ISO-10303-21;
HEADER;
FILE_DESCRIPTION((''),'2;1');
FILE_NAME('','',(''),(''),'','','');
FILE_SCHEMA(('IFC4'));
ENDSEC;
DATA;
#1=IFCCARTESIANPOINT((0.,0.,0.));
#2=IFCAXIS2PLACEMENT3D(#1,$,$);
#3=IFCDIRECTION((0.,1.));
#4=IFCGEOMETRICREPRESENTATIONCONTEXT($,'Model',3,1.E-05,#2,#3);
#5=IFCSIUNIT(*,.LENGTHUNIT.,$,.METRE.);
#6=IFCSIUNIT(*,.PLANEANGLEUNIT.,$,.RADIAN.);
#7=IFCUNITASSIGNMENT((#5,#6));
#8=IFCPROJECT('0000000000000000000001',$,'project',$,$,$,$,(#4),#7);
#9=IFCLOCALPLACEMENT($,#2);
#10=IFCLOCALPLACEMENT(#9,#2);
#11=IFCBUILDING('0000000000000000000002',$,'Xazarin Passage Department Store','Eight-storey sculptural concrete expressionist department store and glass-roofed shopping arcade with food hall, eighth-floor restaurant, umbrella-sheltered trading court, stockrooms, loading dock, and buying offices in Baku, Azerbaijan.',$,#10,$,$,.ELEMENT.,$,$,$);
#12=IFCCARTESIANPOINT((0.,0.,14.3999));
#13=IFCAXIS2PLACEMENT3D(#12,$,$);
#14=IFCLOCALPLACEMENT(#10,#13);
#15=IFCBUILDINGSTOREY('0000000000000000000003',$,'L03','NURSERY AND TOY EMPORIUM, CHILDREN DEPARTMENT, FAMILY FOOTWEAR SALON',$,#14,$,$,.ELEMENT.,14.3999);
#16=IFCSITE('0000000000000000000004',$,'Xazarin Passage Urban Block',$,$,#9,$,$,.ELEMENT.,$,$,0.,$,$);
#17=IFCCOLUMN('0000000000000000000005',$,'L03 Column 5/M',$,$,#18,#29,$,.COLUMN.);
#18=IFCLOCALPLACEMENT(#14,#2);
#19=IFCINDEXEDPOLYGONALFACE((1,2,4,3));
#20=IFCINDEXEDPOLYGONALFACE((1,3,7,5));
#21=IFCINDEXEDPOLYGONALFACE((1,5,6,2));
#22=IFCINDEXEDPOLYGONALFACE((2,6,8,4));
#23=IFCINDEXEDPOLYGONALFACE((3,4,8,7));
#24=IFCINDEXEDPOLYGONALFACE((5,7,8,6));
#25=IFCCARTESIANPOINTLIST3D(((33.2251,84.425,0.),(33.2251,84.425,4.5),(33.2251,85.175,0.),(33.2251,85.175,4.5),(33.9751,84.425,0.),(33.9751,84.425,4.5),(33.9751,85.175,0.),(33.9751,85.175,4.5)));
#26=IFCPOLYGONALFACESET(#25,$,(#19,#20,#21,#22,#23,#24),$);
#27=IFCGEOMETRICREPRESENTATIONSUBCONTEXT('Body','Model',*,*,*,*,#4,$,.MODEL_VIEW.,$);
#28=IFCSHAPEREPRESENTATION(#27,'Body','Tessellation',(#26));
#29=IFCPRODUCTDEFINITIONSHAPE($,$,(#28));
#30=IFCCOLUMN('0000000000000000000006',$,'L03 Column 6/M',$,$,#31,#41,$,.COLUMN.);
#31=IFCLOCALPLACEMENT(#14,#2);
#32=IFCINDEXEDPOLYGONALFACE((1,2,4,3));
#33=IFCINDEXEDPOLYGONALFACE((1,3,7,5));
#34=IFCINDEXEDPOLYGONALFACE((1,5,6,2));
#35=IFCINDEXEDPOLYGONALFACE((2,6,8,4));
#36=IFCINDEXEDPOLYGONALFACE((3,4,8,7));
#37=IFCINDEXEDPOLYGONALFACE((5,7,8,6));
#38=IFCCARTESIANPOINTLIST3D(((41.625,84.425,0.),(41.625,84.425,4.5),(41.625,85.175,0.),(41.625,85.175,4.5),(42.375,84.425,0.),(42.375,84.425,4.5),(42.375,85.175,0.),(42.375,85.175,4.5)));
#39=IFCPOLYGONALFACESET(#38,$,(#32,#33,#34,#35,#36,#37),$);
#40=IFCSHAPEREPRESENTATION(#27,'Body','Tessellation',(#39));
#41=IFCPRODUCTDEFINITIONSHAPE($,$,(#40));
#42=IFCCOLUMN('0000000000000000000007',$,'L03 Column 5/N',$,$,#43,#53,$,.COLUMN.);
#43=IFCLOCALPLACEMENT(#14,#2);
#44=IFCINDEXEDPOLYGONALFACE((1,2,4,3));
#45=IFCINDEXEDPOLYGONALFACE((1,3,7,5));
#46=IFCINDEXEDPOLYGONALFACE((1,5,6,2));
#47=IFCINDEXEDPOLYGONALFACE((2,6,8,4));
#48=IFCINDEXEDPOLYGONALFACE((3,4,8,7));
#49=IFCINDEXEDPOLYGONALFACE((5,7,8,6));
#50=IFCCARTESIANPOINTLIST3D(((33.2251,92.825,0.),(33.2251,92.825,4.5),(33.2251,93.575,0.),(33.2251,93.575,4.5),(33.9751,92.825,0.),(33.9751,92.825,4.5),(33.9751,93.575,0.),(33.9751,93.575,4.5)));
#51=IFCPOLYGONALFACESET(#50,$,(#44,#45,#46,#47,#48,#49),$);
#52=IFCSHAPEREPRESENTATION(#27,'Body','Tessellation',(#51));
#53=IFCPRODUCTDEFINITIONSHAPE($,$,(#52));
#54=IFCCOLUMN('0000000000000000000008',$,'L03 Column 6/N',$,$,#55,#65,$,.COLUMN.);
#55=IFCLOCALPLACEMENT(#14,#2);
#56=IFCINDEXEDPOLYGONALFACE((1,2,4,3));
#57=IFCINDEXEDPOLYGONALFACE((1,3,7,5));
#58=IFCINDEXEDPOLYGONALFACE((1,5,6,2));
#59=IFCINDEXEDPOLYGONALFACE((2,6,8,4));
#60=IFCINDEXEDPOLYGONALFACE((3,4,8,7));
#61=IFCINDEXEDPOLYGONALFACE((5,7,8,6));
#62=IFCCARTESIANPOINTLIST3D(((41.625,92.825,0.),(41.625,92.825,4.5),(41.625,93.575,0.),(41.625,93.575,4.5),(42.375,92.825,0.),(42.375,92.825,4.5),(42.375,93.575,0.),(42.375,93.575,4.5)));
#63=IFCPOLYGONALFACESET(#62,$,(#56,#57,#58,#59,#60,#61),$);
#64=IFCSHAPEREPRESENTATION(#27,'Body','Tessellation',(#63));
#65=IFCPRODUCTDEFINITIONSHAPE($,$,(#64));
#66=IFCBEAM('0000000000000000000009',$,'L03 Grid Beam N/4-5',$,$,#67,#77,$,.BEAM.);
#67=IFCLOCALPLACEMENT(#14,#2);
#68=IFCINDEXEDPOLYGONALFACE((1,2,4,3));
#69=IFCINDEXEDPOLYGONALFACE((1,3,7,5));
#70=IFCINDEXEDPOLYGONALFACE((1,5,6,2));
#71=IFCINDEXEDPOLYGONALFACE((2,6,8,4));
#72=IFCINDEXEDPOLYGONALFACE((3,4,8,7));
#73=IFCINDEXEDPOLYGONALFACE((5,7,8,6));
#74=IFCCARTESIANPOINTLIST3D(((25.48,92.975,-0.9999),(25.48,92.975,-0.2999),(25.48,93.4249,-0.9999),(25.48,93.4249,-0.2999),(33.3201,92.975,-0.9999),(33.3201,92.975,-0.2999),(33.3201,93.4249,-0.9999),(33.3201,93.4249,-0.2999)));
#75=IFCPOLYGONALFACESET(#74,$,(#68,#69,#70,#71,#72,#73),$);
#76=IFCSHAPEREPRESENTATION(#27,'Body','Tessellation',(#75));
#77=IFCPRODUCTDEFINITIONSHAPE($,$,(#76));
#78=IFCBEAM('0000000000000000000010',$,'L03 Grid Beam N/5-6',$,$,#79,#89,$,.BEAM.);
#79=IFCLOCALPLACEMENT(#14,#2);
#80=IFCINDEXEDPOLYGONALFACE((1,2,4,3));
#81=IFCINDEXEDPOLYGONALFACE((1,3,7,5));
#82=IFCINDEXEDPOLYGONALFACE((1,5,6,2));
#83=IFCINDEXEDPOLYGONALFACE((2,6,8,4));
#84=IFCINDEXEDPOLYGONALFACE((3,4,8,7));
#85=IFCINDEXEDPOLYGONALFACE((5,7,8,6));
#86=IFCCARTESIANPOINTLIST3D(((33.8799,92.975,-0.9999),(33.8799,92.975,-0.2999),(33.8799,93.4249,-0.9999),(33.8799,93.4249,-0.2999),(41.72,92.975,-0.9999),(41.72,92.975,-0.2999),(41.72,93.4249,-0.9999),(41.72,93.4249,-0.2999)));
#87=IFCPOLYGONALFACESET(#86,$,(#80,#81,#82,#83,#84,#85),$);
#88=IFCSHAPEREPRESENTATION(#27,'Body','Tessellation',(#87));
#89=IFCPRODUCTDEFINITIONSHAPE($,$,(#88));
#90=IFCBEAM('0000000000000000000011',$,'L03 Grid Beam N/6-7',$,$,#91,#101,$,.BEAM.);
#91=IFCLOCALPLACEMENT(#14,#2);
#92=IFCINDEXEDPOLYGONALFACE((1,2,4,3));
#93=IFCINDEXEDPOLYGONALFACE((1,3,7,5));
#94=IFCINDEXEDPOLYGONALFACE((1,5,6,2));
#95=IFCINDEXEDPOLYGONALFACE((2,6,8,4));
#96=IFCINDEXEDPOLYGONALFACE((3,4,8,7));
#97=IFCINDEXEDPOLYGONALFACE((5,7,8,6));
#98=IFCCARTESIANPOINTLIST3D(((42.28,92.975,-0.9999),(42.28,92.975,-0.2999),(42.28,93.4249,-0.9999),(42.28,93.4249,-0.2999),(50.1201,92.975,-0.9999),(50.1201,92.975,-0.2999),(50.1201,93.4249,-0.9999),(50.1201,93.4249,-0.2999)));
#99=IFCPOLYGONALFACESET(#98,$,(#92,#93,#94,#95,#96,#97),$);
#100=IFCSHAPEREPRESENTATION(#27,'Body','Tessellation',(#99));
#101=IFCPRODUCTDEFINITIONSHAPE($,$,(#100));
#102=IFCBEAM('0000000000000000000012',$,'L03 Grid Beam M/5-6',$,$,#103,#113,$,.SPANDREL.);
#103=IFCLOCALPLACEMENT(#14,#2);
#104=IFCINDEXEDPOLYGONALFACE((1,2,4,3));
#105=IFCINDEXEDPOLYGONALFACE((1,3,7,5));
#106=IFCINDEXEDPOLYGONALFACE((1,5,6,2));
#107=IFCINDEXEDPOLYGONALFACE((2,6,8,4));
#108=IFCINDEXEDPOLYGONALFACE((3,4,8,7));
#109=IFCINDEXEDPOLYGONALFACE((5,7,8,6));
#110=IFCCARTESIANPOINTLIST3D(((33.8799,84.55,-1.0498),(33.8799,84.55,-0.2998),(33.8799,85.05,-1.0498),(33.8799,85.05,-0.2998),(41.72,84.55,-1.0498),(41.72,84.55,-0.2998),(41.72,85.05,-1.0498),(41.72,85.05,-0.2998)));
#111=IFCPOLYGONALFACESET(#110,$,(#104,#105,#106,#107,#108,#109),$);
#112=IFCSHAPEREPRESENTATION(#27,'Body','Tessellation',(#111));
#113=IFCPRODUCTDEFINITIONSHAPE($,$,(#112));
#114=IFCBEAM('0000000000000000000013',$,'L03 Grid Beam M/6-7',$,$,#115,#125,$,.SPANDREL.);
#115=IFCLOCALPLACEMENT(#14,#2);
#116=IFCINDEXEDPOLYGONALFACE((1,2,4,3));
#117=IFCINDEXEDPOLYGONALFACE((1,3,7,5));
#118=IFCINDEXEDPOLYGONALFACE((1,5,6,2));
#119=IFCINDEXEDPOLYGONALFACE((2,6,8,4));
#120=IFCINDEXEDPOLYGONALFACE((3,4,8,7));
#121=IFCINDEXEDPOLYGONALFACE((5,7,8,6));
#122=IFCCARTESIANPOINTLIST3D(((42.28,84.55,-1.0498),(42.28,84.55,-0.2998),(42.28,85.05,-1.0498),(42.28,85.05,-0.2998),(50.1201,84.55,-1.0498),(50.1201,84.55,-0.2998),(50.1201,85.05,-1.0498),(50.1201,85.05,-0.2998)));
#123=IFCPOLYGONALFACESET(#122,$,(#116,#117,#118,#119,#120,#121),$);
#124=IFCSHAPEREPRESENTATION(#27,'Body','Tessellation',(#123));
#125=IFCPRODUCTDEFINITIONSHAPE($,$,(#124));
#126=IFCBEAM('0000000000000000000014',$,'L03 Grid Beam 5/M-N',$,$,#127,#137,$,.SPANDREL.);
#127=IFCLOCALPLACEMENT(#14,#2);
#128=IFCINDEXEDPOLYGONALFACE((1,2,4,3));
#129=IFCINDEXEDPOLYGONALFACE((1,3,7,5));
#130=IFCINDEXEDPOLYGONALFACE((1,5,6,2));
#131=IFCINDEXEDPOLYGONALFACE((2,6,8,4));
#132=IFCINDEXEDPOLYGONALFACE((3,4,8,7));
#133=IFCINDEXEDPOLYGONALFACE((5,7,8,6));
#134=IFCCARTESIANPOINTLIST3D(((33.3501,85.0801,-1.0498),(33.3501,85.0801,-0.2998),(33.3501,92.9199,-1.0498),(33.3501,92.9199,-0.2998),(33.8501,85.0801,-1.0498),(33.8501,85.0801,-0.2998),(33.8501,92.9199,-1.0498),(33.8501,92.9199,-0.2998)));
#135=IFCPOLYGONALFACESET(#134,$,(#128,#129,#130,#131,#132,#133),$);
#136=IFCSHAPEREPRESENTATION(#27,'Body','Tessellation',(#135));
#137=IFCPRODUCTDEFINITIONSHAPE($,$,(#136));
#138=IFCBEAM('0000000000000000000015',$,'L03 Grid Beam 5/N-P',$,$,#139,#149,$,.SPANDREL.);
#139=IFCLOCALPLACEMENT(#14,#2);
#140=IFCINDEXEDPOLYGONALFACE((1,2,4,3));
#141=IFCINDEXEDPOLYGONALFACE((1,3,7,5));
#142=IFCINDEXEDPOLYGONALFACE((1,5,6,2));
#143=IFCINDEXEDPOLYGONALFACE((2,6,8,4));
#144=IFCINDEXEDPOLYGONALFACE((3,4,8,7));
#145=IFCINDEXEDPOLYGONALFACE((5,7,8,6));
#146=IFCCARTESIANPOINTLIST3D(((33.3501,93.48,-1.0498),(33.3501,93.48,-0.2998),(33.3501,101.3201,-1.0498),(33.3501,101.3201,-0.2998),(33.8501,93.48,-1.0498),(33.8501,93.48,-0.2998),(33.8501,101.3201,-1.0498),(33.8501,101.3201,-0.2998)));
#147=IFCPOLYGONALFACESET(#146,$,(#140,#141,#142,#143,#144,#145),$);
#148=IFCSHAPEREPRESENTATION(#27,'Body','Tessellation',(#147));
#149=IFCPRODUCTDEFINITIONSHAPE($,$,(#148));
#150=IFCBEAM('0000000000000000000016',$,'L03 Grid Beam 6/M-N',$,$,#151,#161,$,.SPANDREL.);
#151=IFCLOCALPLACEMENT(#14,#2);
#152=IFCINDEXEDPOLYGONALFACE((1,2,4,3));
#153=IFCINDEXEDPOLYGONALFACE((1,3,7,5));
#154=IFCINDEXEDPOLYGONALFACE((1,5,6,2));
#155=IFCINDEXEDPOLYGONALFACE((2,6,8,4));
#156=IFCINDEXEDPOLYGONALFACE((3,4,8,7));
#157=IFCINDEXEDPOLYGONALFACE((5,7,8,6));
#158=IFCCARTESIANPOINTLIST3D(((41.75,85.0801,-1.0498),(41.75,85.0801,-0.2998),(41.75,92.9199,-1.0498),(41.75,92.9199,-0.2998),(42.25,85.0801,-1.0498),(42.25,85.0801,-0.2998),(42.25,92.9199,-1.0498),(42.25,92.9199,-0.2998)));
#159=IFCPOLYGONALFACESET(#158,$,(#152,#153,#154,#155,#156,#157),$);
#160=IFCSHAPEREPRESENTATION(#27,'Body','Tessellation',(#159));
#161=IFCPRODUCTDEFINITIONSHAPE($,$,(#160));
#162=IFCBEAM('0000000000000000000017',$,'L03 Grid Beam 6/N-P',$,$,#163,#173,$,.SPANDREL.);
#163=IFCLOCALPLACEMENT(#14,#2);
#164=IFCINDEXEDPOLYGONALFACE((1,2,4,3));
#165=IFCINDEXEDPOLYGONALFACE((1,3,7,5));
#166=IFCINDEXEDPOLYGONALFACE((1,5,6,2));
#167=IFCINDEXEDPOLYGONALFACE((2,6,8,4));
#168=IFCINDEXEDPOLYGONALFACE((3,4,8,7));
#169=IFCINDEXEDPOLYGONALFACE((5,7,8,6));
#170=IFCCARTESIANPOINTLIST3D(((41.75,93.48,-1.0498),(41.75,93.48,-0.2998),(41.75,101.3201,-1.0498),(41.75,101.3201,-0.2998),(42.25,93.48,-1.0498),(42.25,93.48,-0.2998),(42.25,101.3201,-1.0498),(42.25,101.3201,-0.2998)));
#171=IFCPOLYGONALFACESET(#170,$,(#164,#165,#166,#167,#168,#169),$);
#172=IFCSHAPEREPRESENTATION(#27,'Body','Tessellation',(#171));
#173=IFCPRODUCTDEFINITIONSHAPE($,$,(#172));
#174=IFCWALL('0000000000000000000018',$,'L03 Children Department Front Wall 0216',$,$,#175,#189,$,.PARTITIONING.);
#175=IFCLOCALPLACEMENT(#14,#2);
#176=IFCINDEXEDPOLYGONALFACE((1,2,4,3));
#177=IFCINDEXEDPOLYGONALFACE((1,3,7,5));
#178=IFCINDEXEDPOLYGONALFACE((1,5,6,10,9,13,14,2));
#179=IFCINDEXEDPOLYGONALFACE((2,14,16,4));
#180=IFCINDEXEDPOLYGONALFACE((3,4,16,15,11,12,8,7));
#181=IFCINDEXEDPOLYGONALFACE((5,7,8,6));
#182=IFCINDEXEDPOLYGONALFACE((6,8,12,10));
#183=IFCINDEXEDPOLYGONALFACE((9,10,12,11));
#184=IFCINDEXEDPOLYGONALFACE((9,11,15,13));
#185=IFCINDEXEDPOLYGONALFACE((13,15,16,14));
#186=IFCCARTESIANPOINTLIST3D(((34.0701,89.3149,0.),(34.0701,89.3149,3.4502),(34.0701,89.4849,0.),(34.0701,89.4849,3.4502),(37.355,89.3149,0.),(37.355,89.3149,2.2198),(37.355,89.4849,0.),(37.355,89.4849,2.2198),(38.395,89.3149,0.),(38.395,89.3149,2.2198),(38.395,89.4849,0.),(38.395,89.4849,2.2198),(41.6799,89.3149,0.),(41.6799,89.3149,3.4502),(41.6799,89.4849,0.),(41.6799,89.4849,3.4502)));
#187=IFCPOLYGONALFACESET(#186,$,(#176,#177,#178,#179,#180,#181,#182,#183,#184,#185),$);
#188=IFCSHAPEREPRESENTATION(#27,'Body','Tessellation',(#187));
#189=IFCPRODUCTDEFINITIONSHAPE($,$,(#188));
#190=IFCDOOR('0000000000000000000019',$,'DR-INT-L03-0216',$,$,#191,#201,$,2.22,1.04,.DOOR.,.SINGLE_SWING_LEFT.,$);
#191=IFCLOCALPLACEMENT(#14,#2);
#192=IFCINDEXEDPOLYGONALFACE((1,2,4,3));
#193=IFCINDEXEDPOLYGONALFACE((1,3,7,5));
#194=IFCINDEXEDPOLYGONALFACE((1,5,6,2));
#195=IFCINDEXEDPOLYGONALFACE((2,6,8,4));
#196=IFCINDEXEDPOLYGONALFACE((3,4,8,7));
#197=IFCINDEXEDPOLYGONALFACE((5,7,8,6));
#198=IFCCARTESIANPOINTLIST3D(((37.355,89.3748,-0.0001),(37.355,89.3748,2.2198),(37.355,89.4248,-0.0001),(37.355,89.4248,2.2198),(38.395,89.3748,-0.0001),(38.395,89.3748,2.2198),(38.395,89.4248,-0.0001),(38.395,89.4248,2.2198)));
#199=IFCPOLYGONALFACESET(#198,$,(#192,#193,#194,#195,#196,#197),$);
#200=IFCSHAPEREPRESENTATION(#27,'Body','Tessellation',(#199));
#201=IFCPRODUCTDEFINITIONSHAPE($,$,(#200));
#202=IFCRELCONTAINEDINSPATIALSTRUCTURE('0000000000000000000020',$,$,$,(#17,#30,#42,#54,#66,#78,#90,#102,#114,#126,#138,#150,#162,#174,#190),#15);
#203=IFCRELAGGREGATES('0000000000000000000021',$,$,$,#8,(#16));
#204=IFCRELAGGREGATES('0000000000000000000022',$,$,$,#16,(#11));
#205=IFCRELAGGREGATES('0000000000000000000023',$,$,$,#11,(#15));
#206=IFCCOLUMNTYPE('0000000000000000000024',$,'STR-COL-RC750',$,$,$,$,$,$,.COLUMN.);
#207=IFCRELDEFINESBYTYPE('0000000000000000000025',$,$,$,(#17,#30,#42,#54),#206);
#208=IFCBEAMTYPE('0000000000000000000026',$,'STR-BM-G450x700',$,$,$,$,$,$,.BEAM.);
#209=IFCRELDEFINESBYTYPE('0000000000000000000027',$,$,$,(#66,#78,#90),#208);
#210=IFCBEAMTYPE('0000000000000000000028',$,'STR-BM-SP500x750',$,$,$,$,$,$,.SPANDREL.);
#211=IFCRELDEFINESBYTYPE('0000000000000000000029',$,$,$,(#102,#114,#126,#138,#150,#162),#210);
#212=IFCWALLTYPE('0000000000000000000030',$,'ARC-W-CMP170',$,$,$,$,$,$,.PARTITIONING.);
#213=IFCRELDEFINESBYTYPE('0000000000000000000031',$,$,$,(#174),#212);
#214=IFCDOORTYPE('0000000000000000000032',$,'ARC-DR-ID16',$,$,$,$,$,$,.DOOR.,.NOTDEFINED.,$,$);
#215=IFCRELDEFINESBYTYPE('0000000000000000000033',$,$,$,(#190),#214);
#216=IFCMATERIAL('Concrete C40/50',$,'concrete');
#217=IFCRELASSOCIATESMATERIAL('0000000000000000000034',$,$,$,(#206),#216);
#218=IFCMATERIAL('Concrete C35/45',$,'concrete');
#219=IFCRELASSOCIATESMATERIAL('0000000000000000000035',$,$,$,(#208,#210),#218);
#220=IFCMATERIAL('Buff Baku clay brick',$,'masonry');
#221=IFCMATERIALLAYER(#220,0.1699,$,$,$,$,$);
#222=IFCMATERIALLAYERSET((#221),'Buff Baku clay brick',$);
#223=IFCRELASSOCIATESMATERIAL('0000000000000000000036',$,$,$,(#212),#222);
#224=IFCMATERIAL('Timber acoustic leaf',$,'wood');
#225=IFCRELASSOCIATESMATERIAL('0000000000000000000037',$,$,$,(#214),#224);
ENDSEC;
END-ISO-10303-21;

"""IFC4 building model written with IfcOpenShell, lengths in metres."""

from ifc_helpers import new_model, si_unit, direction, frame, frame_2d, origin, origin_2d, place, context, subcontext, project, spatial, rectangle, extrude, material, layer, layer_set, material_profile, profile_set, type_object, element, fill, save


model = new_model("IFC4")

# Units and contexts
model_context = context("Model", 3, precision=1e-05, world=origin(), true_north=direction((0.0, 1.0)))
body_context = subcontext(model_context, "Body", "Model", "MODEL_VIEW")
ifc_project = project(units=[si_unit("LENGTHUNIT", "METRE"), si_unit("PLANEANGLEUNIT", "RADIAN")], contexts=[model_context])

# Site, building, storey
site_placement = place(None, origin())
site = spatial("IfcSite", under=ifc_project, at=site_placement, Name="Xazarin Passage Urban Block", CompositionType="ELEMENT", RefElevation=0.0)
building_placement = place(site_placement, origin())
building = spatial("IfcBuilding", under=site, at=building_placement, Name="Xazarin Passage Department Store", Description="Eight-storey sculptural concrete expressionist department store and glass-roofed shopping arcade with food hall, eighth-floor restaurant, umbrella-sheltered trading court, stockrooms, loading dock, and buying offices in Baku, Azerbaijan.", CompositionType="ELEMENT")
storey_placement = place(building_placement, frame((0.0, 0.0, 14.3999)))
storey = spatial("IfcBuildingStorey", under=building, at=storey_placement, Name="L03", Description="NURSERY AND TOY EMPORIUM, CHILDREN DEPARTMENT, FAMILY FOOTWEAR SALON", CompositionType="ELEMENT", Elevation=14.3999)

# Columns
ifc_material_1 = material(Name="Concrete C40/50", Category="concrete")
ifc_material_profile_1 = material_profile(ifc_material_1, rectangle(XDim=0.75, YDim=0.75, at=origin_2d()), Name="RC 750x750")
ifc_profile_set_1 = profile_set([ifc_material_profile_1], Name="Concrete C40/50")
column_type = type_object("IfcColumnType", Name="STR-COL-RC750", PredefinedType="COLUMN", material=ifc_profile_set_1)
for number, where, z_axis, x_axis, name in (
    (1, (33.6001, 84.8, 0.0), (0.0, 0.0, 1.0), (1.0, 0.0, 0.0), "L03 Column 5/M"),
    (2, (42.0, 84.8, 0.0), (0.0, 0.0, 1.0), (1.0, 0.0, 0.0), "L03 Column 6/M"),
    (3, (33.6001, 93.2, 0.0), (0.0, 0.0, 1.0), (1.0, 0.0, 0.0), "L03 Column 5/N"),
    (4, (42.0, 93.2, 0.0), (0.0, 0.0, 1.0), (1.0, 0.0, 0.0), "L03 Column 6/N"),
):
    element("IfcColumn", number, at=place(storey_placement, frame(where, z_axis=z_axis, x_axis=x_axis)), inside=storey, type_object=column_type, Name=name, PredefinedType="COLUMN", context=body_context, shape_type="SweptSolid", body=[
        extrude(rectangle(XDim=0.75, YDim=0.75, at=origin_2d()), origin(), (0.0, 0.0, 1.0), 4.5),
    ])

# Beams
ifc_material_2 = material(Name="Concrete C35/45", Category="concrete")
ifc_material_profile_2 = material_profile(ifc_material_2, rectangle(XDim=0.45, YDim=0.7, at=origin_2d()), Name="RC 450x700")
ifc_profile_set_2 = profile_set([ifc_material_profile_2], Name="Concrete C35/45")
beam_type_1 = type_object("IfcBeamType", Name="STR-BM-G450x700", PredefinedType="BEAM", material=ifc_profile_set_2)
for number, where, z_axis, x_axis, name in (
    (5, (25.48, 93.2, -0.6499), (1.0, 0.0, 0.0), (0.0, 1.0, 0.0), "L03 Grid Beam N/4-5"),
    (6, (33.8799, 93.2, -0.6499), (1.0, 0.0, 0.0), (0.0, 1.0, 0.0), "L03 Grid Beam N/5-6"),
    (7, (42.28, 93.2, -0.6499), (1.0, 0.0, 0.0), (0.0, 1.0, 0.0), "L03 Grid Beam N/6-7"),
):
    element("IfcBeam", number, at=place(storey_placement, frame(where, z_axis=z_axis, x_axis=x_axis)), inside=storey, type_object=beam_type_1, Name=name, PredefinedType="BEAM", context=body_context, shape_type="SweptSolid", body=[
        extrude(rectangle(XDim=0.45, YDim=0.7, at=origin_2d()), origin(), (0.0, 0.0, 1.0), 7.8401),
    ])
ifc_material_profile_3 = material_profile(ifc_material_2, rectangle(XDim=0.5, YDim=0.75, at=origin_2d()), Name="RC 500x750")
ifc_profile_set_3 = profile_set([ifc_material_profile_3], Name="Concrete C35/45")
beam_type_2 = type_object("IfcBeamType", Name="STR-BM-SP500x750", PredefinedType="SPANDREL", material=ifc_profile_set_3)
for number, where, z_axis, x_axis, name in (
    (8, (33.8799, 84.8, -0.6748), (1.0, 0.0, 0.0), (0.0, 1.0, 0.0), "L03 Grid Beam M/5-6"),
    (9, (42.28, 84.8, -0.6748), (1.0, 0.0, 0.0), (0.0, 1.0, 0.0), "L03 Grid Beam M/6-7"),
):
    element("IfcBeam", number, at=place(storey_placement, frame(where, z_axis=z_axis, x_axis=x_axis)), inside=storey, type_object=beam_type_2, Name=name, PredefinedType="SPANDREL", context=body_context, shape_type="SweptSolid", body=[
        extrude(rectangle(XDim=0.5, YDim=0.75, at=origin_2d()), origin(), (0.0, 0.0, 1.0), 7.8401),
    ])
beam_1_placement = place(storey_placement, frame((33.6001, 85.0801, -0.6748), z_axis=(0.0, 1.0, 0.0), x_axis=(-1.0, 0.0, 0.0)))
element("IfcBeam", 10, at=beam_1_placement, inside=storey, type_object=beam_type_2, Name="L03 Grid Beam 5/M-N", PredefinedType="SPANDREL", context=body_context, shape_type="SweptSolid", body=[
    extrude(rectangle(XDim=0.5, YDim=0.75, at=origin_2d()), origin(), (0.0, 0.0, 1.0), 7.8398),
])
beam_2_placement = place(storey_placement, frame((33.6001, 93.48, -0.6748), z_axis=(0.0, 1.0, 0.0), x_axis=(-1.0, 0.0, 0.0)))
element("IfcBeam", 11, at=beam_2_placement, inside=storey, type_object=beam_type_2, Name="L03 Grid Beam 5/N-P", PredefinedType="SPANDREL", context=body_context, shape_type="SweptSolid", body=[
    extrude(rectangle(XDim=0.5, YDim=0.75, at=origin_2d()), origin(), (0.0, 0.0, 1.0), 7.8401),
])
beam_3_placement = place(storey_placement, frame((42.0, 85.0801, -0.6748), z_axis=(0.0, 1.0, 0.0), x_axis=(-1.0, 0.0, 0.0)))
element("IfcBeam", 12, at=beam_3_placement, inside=storey, type_object=beam_type_2, Name="L03 Grid Beam 6/M-N", PredefinedType="SPANDREL", context=body_context, shape_type="SweptSolid", body=[
    extrude(rectangle(XDim=0.5, YDim=0.75, at=origin_2d()), origin(), (0.0, 0.0, 1.0), 7.8398),
])
beam_4_placement = place(storey_placement, frame((42.0, 93.48, -0.6748), z_axis=(0.0, 1.0, 0.0), x_axis=(-1.0, 0.0, 0.0)))
element("IfcBeam", 13, at=beam_4_placement, inside=storey, type_object=beam_type_2, Name="L03 Grid Beam 6/N-P", PredefinedType="SPANDREL", context=body_context, shape_type="SweptSolid", body=[
    extrude(rectangle(XDim=0.5, YDim=0.75, at=origin_2d()), origin(), (0.0, 0.0, 1.0), 7.8401),
])

# Wall, opening, door
ifc_material_3 = material(Name="Buff Baku clay brick", Category="masonry")
ifc_layer_1 = layer(ifc_material_3, 0.1699)
ifc_layer_set_1 = layer_set([ifc_layer_1], Name="Buff Baku clay brick")
wall_type_1 = type_object("IfcWallType", Name="ARC-W-CMP170", PredefinedType="PARTITIONING", material=ifc_layer_set_1)
wall_1_placement = place(storey_placement, frame((34.0701, 89.3999, 0.0), z_axis=(0.0, 0.0, 1.0), x_axis=(1.0, 0.0, 0.0)))
wall_1 = element("IfcWall", 14, at=wall_1_placement, inside=storey, type_object=wall_type_1, Name="L03 Children Department Front Wall 0216", PredefinedType="PARTITIONING", context=body_context, shape_type="SweptSolid", body=[
    extrude(rectangle(XDim=7.6099, YDim=0.1699, at=frame_2d((3.8049, 0.0))), origin(), (0.0, 0.0, 1.0), 3.4502),
])
opening_1_placement = place(wall_1_placement, frame((3.2849, 0.0, 0.0)))
opening_1 = element("IfcOpeningElement", 15, at=opening_1_placement, cuts=wall_1, PredefinedType="OPENING", context=body_context, shape_type="SweptSolid", body=[
    extrude(rectangle(XDim=1.04, YDim=2.22, at=frame_2d((0.52, 1.1099))), frame((0.0, 0.095, 0.0), z_axis=(0.0, -1.0, 0.0), x_axis=(1.0, 0.0, 0.0)), (0.0, 0.0, 1.0), 0.1899),
])
ifc_material_4 = material(Name="Timber acoustic leaf", Category="wood")
door_type_1 = type_object("IfcDoorType", Name="ARC-DR-ID16", OperationType="NOTDEFINED", PredefinedType="DOOR", material=ifc_material_4)
door_1_placement = place(opening_1_placement, origin())
door_1 = element("IfcDoor", 16, at=door_1_placement, inside=storey, type_object=door_type_1, Name="DR-INT-L03-0216", OperationType="SINGLE_SWING_LEFT", OverallHeight=2.22, OverallWidth=1.04, PredefinedType="DOOR", context=body_context, shape_type="SweptSolid", body=[
    extrude(rectangle(XDim=1.04, YDim=2.22, at=frame_2d((0.52, 1.1099))), frame((0.0, 0.0249, 0.0), z_axis=(0.0, -1.0, 0.0), x_axis=(1.0, 0.0, 0.0)), (0.0, 0.0, 1.0), 0.05),
])
fill(opening_1, door_1)

save(model, "model.ifc")
